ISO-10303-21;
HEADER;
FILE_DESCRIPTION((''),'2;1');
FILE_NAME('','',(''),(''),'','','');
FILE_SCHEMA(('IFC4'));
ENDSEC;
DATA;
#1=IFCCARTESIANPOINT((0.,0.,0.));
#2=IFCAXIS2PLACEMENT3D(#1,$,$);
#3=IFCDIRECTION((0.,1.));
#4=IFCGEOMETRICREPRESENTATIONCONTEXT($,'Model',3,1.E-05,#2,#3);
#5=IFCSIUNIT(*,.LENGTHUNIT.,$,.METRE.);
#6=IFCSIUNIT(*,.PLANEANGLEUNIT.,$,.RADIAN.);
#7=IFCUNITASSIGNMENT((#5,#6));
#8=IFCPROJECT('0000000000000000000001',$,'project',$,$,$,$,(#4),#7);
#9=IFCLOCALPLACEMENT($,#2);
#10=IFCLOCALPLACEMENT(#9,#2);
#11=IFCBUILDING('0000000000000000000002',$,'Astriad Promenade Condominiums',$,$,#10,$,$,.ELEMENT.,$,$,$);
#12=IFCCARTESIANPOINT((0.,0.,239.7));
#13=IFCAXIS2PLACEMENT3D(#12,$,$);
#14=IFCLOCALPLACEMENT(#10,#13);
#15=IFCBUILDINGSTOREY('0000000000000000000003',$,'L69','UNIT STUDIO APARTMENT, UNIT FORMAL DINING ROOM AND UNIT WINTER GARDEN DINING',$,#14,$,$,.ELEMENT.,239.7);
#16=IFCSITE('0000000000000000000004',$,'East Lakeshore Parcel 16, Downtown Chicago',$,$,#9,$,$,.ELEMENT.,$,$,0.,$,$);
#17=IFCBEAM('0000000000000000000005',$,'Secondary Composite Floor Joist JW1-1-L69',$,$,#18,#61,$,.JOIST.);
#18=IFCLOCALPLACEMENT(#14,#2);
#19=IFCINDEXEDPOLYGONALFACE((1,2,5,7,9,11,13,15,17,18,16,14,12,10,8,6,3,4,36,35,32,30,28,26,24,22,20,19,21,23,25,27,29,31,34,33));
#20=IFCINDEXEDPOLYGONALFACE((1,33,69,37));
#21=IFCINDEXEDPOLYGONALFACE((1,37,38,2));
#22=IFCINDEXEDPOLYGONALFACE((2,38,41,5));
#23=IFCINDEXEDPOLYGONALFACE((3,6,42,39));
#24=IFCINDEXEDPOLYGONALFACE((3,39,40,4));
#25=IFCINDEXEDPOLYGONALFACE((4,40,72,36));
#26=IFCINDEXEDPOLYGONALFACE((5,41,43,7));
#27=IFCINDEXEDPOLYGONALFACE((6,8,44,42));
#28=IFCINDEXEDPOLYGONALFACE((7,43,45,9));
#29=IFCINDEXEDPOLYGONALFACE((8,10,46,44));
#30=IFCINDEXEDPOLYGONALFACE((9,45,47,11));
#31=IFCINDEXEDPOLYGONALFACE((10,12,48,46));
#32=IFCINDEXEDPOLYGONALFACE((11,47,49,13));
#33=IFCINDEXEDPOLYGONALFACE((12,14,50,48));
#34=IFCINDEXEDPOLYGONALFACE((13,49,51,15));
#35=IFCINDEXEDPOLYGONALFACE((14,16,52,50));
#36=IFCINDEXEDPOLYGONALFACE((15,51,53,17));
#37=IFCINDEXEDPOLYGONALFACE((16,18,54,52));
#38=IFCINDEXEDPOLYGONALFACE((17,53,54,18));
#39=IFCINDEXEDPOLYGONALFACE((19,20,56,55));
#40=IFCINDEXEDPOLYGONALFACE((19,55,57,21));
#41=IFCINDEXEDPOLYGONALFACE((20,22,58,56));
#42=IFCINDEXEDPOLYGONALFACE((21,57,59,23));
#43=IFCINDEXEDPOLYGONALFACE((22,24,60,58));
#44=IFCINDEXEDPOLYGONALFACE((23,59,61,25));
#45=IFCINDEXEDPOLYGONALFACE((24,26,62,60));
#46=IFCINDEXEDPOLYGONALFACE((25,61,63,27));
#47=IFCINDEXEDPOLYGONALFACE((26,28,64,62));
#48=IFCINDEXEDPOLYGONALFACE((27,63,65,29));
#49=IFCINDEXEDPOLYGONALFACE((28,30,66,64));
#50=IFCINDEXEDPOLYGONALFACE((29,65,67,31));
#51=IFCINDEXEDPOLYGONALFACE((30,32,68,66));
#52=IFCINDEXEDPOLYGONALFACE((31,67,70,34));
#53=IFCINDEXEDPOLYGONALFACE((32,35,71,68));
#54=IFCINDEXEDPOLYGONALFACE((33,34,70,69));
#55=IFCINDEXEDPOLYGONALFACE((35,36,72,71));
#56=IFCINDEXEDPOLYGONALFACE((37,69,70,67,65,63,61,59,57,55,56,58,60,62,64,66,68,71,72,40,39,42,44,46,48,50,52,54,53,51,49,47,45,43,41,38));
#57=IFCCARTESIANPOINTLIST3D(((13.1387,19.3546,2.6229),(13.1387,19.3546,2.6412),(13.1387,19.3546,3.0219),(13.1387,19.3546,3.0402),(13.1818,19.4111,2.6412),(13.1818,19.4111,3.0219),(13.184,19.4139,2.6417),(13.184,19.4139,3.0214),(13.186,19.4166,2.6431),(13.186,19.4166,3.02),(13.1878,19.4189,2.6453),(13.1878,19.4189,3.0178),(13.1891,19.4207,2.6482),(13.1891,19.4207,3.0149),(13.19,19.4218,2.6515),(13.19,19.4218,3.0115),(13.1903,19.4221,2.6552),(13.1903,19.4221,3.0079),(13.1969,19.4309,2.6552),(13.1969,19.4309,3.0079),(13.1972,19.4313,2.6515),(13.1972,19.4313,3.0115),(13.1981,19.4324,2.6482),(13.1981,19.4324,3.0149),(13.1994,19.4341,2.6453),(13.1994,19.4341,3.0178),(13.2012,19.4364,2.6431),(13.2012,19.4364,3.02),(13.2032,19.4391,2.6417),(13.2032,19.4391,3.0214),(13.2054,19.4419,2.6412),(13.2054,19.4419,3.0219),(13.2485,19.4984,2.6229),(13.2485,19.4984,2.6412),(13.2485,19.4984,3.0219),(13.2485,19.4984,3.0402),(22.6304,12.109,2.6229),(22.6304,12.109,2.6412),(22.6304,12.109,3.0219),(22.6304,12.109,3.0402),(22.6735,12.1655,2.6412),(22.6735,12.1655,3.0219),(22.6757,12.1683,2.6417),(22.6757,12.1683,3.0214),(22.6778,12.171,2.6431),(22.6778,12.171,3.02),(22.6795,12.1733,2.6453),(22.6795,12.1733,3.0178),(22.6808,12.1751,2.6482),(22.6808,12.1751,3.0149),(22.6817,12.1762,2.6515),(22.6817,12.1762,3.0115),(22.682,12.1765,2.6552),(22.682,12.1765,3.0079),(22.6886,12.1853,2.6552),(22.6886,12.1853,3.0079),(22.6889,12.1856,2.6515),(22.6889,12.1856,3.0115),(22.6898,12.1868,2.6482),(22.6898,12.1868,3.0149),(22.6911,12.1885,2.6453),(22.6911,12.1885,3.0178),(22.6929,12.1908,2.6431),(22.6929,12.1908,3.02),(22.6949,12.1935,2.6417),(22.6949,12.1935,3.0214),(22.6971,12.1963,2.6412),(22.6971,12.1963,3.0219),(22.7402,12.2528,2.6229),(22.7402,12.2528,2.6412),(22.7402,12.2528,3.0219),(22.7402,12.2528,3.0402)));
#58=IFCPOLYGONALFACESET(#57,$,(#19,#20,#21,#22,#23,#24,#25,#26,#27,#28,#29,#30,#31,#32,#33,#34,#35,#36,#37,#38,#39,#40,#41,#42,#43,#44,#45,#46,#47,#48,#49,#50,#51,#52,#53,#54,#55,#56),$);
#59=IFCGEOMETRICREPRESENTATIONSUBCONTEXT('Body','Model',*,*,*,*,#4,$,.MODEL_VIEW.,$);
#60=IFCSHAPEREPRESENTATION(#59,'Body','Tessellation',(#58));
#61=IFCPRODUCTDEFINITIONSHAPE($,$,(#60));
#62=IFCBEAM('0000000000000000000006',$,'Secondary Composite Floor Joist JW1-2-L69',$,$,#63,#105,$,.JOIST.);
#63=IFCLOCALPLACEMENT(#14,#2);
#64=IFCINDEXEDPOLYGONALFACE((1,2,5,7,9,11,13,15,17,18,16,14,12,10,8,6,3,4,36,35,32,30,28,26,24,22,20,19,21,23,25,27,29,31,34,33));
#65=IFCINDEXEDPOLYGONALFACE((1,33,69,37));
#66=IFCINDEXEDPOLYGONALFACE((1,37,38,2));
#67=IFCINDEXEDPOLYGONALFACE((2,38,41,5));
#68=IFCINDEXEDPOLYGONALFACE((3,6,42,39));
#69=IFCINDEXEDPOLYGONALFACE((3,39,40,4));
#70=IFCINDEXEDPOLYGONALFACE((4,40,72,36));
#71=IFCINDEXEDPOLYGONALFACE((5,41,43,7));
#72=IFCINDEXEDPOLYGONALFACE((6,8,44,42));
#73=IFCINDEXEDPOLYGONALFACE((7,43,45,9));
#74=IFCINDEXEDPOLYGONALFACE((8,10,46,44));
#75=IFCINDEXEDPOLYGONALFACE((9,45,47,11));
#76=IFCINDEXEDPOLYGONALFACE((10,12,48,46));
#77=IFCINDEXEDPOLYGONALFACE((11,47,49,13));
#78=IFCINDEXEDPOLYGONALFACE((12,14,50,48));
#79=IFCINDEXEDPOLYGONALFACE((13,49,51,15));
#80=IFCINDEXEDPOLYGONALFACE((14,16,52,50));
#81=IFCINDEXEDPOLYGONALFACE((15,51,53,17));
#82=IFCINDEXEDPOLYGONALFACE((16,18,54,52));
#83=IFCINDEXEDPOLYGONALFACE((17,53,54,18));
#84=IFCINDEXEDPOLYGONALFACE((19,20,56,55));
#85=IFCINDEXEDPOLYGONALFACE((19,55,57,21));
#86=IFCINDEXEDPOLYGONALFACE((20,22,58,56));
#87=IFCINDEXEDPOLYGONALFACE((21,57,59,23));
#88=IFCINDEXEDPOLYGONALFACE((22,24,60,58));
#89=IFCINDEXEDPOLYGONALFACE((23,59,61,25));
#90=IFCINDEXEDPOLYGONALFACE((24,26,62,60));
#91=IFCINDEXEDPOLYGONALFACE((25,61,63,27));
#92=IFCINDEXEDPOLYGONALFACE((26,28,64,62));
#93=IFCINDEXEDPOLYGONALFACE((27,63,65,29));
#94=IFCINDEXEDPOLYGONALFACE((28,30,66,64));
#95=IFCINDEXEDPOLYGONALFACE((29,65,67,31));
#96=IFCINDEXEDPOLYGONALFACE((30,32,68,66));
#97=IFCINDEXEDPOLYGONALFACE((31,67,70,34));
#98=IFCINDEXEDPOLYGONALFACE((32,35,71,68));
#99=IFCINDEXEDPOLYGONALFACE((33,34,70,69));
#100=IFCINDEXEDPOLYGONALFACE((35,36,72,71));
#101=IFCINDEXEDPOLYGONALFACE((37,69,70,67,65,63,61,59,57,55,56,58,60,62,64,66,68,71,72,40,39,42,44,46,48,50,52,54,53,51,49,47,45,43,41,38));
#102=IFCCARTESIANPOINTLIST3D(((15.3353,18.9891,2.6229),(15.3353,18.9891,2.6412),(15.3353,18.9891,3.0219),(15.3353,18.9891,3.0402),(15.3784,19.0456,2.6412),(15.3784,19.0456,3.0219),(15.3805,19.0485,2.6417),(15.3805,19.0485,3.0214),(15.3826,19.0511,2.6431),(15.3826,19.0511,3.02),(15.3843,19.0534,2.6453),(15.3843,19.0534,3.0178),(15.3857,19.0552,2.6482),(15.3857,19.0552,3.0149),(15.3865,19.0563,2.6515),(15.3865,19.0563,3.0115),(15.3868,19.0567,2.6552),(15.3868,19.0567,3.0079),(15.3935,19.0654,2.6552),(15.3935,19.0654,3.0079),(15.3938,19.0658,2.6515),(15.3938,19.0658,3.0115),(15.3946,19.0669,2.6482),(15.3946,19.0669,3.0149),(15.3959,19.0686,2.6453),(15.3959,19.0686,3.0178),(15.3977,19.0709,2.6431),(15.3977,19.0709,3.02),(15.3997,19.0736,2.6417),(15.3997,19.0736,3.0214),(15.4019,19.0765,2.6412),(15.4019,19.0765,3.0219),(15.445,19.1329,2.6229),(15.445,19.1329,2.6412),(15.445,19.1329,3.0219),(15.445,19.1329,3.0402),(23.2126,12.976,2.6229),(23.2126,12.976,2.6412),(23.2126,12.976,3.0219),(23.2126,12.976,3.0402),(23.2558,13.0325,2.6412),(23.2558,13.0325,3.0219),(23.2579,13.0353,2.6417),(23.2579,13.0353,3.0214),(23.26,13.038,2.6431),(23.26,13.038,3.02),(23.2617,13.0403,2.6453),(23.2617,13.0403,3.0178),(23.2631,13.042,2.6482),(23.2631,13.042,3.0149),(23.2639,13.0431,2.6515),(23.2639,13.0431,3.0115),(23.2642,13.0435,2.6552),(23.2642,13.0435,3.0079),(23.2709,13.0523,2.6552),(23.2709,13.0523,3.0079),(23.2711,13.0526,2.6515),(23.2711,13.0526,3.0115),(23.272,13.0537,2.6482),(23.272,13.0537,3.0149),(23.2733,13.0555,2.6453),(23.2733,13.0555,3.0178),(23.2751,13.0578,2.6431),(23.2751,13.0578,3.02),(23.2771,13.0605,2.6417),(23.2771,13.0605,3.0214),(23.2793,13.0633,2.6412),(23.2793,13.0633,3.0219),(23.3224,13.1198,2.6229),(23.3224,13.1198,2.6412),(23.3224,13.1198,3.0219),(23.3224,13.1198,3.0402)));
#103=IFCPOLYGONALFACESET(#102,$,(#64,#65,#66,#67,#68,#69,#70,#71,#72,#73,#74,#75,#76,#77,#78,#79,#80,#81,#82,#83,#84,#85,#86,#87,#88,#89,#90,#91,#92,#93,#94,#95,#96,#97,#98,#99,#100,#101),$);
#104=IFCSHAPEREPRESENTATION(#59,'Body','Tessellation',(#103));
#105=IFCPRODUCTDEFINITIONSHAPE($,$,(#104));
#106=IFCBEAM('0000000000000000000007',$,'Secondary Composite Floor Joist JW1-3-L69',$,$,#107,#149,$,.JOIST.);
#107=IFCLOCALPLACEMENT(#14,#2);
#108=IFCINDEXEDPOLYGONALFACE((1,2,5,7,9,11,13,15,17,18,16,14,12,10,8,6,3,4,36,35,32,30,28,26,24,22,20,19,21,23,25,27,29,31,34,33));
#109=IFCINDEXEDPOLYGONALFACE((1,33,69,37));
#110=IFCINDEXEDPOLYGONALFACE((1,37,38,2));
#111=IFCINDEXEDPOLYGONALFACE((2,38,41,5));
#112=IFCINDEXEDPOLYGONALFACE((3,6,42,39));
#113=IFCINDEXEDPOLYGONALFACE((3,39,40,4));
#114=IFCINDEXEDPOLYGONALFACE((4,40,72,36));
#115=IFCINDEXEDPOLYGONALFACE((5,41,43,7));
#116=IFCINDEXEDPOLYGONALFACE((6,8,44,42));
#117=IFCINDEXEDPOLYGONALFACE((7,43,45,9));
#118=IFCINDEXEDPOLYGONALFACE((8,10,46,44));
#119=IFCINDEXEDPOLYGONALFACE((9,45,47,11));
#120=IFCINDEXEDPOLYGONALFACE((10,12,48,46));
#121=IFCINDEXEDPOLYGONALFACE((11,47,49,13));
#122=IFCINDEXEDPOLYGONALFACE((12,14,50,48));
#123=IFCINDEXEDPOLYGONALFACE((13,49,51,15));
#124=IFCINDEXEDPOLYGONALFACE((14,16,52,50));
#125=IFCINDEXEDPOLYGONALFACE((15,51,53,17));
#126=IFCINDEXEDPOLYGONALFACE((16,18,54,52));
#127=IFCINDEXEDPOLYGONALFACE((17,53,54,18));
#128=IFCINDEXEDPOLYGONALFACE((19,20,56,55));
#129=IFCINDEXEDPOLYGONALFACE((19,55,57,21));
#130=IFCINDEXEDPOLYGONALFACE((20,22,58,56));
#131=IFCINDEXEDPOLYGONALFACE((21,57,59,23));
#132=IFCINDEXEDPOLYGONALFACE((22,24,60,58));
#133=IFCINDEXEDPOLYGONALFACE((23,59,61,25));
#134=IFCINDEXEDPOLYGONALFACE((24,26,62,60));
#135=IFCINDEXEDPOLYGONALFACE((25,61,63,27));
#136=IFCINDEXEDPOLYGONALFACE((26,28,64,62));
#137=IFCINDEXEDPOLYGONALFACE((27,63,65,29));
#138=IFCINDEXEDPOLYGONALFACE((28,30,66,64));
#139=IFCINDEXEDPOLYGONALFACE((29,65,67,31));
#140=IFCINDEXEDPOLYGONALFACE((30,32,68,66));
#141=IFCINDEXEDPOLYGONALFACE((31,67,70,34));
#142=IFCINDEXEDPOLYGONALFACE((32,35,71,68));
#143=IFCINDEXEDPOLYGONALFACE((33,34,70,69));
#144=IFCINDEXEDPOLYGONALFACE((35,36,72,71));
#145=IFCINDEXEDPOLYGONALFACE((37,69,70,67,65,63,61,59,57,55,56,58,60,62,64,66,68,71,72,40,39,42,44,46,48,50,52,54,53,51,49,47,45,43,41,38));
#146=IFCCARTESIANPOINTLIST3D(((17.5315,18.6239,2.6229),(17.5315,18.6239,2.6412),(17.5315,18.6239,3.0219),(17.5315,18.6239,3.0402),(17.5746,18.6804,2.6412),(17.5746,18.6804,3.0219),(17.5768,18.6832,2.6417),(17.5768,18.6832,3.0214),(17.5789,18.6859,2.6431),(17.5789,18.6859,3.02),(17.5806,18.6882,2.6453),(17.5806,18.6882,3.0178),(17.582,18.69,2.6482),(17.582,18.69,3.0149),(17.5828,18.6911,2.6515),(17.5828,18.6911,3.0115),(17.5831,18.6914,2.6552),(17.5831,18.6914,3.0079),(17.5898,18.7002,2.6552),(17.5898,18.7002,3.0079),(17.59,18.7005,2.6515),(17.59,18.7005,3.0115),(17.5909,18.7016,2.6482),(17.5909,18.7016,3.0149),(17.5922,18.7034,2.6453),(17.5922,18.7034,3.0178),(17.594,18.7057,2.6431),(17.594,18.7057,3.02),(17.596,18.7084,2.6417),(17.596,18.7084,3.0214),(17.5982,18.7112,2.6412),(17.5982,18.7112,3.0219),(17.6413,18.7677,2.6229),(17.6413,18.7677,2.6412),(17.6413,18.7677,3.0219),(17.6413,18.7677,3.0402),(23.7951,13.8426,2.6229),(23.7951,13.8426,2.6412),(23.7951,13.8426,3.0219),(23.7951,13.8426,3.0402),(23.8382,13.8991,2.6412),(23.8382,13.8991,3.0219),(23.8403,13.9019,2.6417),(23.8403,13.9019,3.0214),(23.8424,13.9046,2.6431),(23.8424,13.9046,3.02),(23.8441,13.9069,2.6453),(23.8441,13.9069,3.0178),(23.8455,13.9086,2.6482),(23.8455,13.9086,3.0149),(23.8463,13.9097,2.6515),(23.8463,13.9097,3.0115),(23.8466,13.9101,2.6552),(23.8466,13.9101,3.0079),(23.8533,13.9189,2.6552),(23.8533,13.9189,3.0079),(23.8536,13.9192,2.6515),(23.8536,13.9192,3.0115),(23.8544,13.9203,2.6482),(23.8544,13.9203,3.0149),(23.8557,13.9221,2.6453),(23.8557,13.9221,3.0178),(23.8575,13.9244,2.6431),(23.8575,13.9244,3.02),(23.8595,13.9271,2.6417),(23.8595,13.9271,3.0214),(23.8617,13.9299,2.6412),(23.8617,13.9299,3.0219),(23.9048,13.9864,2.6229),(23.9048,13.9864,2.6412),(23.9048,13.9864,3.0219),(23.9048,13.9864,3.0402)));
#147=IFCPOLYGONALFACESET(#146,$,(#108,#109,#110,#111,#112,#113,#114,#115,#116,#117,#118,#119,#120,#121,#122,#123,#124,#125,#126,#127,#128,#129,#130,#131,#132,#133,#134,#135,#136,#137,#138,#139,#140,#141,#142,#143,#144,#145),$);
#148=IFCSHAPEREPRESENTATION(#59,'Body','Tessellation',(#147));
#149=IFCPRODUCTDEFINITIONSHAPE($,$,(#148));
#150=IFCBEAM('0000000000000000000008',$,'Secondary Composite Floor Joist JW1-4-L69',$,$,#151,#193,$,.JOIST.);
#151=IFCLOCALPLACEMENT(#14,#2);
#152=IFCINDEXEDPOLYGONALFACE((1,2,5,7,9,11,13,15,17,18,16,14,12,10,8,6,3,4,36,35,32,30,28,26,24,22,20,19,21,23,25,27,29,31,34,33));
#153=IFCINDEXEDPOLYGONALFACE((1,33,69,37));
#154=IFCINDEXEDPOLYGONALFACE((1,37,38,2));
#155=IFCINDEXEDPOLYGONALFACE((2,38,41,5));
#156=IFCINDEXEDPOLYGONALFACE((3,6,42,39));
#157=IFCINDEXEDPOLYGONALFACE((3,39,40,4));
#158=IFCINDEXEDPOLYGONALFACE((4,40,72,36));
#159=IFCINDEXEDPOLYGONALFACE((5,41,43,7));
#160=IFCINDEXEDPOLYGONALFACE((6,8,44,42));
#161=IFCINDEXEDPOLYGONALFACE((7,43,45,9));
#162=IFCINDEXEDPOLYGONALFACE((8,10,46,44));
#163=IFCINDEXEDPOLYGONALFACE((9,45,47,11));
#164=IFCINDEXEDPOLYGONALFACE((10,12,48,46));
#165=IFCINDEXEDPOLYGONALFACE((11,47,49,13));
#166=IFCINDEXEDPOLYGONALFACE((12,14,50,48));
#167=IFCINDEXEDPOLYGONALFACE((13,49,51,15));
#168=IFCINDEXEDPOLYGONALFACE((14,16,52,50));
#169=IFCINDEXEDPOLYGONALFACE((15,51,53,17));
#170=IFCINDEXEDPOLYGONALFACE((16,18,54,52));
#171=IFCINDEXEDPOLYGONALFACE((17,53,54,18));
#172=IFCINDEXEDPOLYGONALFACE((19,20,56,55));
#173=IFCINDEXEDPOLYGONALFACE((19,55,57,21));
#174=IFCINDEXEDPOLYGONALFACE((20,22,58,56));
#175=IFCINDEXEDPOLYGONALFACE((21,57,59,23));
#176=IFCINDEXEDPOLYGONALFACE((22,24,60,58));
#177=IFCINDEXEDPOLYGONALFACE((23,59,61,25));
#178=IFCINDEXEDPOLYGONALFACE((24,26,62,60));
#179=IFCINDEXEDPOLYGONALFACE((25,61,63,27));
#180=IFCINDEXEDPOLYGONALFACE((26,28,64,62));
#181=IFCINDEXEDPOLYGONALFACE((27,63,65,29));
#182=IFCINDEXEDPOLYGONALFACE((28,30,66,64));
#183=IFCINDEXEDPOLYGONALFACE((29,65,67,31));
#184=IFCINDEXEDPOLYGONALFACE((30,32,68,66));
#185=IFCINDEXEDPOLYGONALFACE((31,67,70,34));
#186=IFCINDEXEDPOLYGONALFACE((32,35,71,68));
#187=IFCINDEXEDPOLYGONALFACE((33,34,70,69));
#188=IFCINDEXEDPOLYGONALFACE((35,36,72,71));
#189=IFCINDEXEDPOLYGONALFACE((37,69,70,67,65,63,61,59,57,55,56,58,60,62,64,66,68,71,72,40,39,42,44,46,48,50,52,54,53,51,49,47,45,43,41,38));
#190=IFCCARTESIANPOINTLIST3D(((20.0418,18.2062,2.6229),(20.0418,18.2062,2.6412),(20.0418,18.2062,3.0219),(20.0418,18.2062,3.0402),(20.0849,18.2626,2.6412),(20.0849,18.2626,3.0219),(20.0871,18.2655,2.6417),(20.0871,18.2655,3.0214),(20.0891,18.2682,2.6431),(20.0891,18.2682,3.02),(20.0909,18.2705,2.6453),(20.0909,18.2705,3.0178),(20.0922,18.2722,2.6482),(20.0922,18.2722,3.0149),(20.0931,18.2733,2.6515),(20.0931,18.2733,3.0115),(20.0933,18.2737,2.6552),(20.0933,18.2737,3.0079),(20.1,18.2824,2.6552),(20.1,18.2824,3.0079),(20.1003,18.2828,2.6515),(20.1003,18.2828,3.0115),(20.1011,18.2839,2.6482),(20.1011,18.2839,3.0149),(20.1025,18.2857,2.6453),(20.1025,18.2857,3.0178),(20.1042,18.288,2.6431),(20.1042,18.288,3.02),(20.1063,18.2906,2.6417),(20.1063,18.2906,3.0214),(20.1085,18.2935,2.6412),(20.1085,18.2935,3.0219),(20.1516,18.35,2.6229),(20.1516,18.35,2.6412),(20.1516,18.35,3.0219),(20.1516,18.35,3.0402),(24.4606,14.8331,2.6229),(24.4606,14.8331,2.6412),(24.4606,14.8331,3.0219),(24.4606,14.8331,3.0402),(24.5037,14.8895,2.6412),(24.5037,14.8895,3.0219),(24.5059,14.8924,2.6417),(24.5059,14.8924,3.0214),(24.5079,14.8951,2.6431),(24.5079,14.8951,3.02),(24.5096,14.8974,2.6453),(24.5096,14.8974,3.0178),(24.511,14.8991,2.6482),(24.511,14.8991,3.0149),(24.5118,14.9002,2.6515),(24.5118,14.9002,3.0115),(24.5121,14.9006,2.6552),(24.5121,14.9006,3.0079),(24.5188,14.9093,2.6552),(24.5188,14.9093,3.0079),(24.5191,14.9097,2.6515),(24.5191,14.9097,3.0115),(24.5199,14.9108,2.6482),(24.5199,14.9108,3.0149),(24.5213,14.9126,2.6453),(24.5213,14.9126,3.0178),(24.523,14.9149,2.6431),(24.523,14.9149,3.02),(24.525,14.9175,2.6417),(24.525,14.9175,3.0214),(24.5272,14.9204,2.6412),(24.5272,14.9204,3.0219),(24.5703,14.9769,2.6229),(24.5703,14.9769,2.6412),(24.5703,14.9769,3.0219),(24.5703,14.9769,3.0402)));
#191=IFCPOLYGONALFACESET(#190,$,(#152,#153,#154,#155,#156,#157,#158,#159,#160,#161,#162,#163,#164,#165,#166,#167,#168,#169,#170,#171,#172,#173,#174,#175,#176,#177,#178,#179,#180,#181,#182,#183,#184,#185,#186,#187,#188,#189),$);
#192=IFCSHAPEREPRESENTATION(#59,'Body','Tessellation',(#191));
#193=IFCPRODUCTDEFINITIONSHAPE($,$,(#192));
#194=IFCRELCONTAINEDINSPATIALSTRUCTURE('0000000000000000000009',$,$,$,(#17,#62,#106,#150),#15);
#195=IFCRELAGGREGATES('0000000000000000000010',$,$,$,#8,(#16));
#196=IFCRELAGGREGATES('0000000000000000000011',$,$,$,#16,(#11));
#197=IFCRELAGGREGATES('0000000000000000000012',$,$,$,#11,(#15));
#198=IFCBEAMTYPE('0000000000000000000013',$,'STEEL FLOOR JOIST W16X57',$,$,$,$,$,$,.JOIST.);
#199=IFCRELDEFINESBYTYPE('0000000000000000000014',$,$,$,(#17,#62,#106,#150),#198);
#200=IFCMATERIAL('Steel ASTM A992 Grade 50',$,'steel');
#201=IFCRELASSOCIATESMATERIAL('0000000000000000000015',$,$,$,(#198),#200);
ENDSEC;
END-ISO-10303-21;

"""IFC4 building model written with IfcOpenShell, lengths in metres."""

from ifc_helpers import new_model, si_unit, direction, frame, origin, origin_2d, place, context, subcontext, project, spatial, i_section, extrude, source, transform, mapped, material, material_profile, profile_set, type_object, type_shapes, element, save


model = new_model("IFC4")

# Units and contexts
model_context = context("Model", 3, precision=1e-05, world=origin(), true_north=direction((0.0, 1.0)))
body_context = subcontext(model_context, "Body", "Model", "MODEL_VIEW")
ifc_project = project(units=[si_unit("LENGTHUNIT", "METRE"), si_unit("PLANEANGLEUNIT", "RADIAN")], contexts=[model_context])

# Site, building, storey
site_placement = place(None, origin())
site = spatial("IfcSite", under=ifc_project, at=site_placement, Name="East Lakeshore Parcel 16, Downtown Chicago", CompositionType="ELEMENT", RefElevation=0.0)
building_placement = place(site_placement, origin())
building = spatial("IfcBuilding", under=site, at=building_placement, Name="Astriad Promenade Condominiums", CompositionType="ELEMENT")
storey_placement = place(building_placement, frame((0.0, 0.0, 239.7)))
storey = spatial("IfcBuildingStorey", under=building, at=storey_placement, Name="L69", Description="UNIT STUDIO APARTMENT, UNIT FORMAL DINING ROOM AND UNIT WINTER GARDEN DINING", CompositionType="ELEMENT", Elevation=239.7)

# Beams
ifc_material_1 = material(Name="Steel ASTM A992 Grade 50", Category="steel")
ifc_material_profile_1 = material_profile(ifc_material_1, i_section(OverallWidth=0.1809, OverallDepth=0.4172, WebThickness=0.011, FlangeThickness=0.0183, FilletRadius=0.0139, at=origin_2d()), Name="W16X57")
ifc_profile_set_1 = profile_set([ifc_material_profile_1], Name="Steel ASTM A992 Grade 50")
beam_type_1 = type_object("IfcBeamType", Name="STEEL FLOOR JOIST W16X57", PredefinedType="JOIST", material=ifc_profile_set_1)
shared_shape_1 = source(origin(), body_context, "Body", "SweptSolid", [
    extrude(i_section(OverallWidth=0.1809, OverallDepth=0.4172, WebThickness=0.011, FlangeThickness=0.0183, FilletRadius=0.0139, at=origin_2d()), origin(), (0.0, 0.0, 1.0), 11.9412),
])
beam_1_placement = place(storey_placement, frame((13.1936, 19.4265, 2.8315), z_axis=(0.794873, -0.606776, 0.0), x_axis=(0.606776, 0.794873, 0.0)))
element("IfcBeam", 1, at=beam_1_placement, inside=storey, type_object=beam_type_1, Name="Secondary Composite Floor Joist JW1-1-L69", PredefinedType="JOIST", context=body_context, shape_type="MappedRepresentation", body=[
    mapped(shared_shape_1, transform((0.0, 0.0, 0.0), scale=1.0)),
])
shared_shape_2 = source(origin(), body_context, "Body", "SweptSolid", [
    extrude(i_section(OverallWidth=0.1809, OverallDepth=0.4172, WebThickness=0.011, FlangeThickness=0.0183, FilletRadius=0.0139, at=origin_2d()), origin(), (0.0, 0.0, 1.0), 9.9102),
])
beam_2_placement = place(storey_placement, frame((15.3901, 19.061, 2.8315), z_axis=(0.794881, -0.606766, 0.0), x_axis=(0.606766, 0.794881, 0.0)))
element("IfcBeam", 2, at=beam_2_placement, inside=storey, type_object=beam_type_1, Name="Secondary Composite Floor Joist JW1-2-L69", PredefinedType="JOIST", context=body_context, shape_type="MappedRepresentation", body=[
    mapped(shared_shape_2, transform((0.0, 0.0, 0.0), scale=1.0)),
])
shared_shape_3 = source(origin(), body_context, "Body", "SweptSolid", [
    extrude(i_section(OverallWidth=0.1809, OverallDepth=0.4172, WebThickness=0.011, FlangeThickness=0.0183, FilletRadius=0.0139, at=origin_2d()), origin(), (0.0, 0.0, 1.0), 7.8799),
])
beam_3_placement = place(storey_placement, frame((17.5864, 18.6958, 2.8315), z_axis=(0.794874, -0.606775, 0.0), x_axis=(0.606775, 0.794874, 0.0)))
element("IfcBeam", 3, at=beam_3_placement, inside=storey, type_object=beam_type_1, Name="Secondary Composite Floor Joist JW1-3-L69", PredefinedType="JOIST", context=body_context, shape_type="MappedRepresentation", body=[
    mapped(shared_shape_3, transform((0.0, 0.0, 0.0), scale=1.0)),
])
shared_shape_4 = source(origin(), body_context, "Body", "SweptSolid", [
    extrude(i_section(OverallWidth=0.1809, OverallDepth=0.4172, WebThickness=0.011, FlangeThickness=0.0183, FilletRadius=0.0139, at=origin_2d()), origin(), (0.0, 0.0, 1.0), 5.5591),
])
type_shapes(beam_type_1, [shared_shape_1, shared_shape_2, shared_shape_3, shared_shape_4])
beam_4_placement = place(storey_placement, frame((20.0967, 18.2781, 2.8315), z_axis=(0.794875, -0.606773, 0.0), x_axis=(0.606773, 0.794875, 0.0)))
element("IfcBeam", 4, at=beam_4_placement, inside=storey, type_object=beam_type_1, Name="Secondary Composite Floor Joist JW1-4-L69", PredefinedType="JOIST", context=body_context, shape_type="MappedRepresentation", body=[
    mapped(shared_shape_4, transform((0.0, 0.0, 0.0), scale=1.0)),
])

save(model, "model.ifc")
